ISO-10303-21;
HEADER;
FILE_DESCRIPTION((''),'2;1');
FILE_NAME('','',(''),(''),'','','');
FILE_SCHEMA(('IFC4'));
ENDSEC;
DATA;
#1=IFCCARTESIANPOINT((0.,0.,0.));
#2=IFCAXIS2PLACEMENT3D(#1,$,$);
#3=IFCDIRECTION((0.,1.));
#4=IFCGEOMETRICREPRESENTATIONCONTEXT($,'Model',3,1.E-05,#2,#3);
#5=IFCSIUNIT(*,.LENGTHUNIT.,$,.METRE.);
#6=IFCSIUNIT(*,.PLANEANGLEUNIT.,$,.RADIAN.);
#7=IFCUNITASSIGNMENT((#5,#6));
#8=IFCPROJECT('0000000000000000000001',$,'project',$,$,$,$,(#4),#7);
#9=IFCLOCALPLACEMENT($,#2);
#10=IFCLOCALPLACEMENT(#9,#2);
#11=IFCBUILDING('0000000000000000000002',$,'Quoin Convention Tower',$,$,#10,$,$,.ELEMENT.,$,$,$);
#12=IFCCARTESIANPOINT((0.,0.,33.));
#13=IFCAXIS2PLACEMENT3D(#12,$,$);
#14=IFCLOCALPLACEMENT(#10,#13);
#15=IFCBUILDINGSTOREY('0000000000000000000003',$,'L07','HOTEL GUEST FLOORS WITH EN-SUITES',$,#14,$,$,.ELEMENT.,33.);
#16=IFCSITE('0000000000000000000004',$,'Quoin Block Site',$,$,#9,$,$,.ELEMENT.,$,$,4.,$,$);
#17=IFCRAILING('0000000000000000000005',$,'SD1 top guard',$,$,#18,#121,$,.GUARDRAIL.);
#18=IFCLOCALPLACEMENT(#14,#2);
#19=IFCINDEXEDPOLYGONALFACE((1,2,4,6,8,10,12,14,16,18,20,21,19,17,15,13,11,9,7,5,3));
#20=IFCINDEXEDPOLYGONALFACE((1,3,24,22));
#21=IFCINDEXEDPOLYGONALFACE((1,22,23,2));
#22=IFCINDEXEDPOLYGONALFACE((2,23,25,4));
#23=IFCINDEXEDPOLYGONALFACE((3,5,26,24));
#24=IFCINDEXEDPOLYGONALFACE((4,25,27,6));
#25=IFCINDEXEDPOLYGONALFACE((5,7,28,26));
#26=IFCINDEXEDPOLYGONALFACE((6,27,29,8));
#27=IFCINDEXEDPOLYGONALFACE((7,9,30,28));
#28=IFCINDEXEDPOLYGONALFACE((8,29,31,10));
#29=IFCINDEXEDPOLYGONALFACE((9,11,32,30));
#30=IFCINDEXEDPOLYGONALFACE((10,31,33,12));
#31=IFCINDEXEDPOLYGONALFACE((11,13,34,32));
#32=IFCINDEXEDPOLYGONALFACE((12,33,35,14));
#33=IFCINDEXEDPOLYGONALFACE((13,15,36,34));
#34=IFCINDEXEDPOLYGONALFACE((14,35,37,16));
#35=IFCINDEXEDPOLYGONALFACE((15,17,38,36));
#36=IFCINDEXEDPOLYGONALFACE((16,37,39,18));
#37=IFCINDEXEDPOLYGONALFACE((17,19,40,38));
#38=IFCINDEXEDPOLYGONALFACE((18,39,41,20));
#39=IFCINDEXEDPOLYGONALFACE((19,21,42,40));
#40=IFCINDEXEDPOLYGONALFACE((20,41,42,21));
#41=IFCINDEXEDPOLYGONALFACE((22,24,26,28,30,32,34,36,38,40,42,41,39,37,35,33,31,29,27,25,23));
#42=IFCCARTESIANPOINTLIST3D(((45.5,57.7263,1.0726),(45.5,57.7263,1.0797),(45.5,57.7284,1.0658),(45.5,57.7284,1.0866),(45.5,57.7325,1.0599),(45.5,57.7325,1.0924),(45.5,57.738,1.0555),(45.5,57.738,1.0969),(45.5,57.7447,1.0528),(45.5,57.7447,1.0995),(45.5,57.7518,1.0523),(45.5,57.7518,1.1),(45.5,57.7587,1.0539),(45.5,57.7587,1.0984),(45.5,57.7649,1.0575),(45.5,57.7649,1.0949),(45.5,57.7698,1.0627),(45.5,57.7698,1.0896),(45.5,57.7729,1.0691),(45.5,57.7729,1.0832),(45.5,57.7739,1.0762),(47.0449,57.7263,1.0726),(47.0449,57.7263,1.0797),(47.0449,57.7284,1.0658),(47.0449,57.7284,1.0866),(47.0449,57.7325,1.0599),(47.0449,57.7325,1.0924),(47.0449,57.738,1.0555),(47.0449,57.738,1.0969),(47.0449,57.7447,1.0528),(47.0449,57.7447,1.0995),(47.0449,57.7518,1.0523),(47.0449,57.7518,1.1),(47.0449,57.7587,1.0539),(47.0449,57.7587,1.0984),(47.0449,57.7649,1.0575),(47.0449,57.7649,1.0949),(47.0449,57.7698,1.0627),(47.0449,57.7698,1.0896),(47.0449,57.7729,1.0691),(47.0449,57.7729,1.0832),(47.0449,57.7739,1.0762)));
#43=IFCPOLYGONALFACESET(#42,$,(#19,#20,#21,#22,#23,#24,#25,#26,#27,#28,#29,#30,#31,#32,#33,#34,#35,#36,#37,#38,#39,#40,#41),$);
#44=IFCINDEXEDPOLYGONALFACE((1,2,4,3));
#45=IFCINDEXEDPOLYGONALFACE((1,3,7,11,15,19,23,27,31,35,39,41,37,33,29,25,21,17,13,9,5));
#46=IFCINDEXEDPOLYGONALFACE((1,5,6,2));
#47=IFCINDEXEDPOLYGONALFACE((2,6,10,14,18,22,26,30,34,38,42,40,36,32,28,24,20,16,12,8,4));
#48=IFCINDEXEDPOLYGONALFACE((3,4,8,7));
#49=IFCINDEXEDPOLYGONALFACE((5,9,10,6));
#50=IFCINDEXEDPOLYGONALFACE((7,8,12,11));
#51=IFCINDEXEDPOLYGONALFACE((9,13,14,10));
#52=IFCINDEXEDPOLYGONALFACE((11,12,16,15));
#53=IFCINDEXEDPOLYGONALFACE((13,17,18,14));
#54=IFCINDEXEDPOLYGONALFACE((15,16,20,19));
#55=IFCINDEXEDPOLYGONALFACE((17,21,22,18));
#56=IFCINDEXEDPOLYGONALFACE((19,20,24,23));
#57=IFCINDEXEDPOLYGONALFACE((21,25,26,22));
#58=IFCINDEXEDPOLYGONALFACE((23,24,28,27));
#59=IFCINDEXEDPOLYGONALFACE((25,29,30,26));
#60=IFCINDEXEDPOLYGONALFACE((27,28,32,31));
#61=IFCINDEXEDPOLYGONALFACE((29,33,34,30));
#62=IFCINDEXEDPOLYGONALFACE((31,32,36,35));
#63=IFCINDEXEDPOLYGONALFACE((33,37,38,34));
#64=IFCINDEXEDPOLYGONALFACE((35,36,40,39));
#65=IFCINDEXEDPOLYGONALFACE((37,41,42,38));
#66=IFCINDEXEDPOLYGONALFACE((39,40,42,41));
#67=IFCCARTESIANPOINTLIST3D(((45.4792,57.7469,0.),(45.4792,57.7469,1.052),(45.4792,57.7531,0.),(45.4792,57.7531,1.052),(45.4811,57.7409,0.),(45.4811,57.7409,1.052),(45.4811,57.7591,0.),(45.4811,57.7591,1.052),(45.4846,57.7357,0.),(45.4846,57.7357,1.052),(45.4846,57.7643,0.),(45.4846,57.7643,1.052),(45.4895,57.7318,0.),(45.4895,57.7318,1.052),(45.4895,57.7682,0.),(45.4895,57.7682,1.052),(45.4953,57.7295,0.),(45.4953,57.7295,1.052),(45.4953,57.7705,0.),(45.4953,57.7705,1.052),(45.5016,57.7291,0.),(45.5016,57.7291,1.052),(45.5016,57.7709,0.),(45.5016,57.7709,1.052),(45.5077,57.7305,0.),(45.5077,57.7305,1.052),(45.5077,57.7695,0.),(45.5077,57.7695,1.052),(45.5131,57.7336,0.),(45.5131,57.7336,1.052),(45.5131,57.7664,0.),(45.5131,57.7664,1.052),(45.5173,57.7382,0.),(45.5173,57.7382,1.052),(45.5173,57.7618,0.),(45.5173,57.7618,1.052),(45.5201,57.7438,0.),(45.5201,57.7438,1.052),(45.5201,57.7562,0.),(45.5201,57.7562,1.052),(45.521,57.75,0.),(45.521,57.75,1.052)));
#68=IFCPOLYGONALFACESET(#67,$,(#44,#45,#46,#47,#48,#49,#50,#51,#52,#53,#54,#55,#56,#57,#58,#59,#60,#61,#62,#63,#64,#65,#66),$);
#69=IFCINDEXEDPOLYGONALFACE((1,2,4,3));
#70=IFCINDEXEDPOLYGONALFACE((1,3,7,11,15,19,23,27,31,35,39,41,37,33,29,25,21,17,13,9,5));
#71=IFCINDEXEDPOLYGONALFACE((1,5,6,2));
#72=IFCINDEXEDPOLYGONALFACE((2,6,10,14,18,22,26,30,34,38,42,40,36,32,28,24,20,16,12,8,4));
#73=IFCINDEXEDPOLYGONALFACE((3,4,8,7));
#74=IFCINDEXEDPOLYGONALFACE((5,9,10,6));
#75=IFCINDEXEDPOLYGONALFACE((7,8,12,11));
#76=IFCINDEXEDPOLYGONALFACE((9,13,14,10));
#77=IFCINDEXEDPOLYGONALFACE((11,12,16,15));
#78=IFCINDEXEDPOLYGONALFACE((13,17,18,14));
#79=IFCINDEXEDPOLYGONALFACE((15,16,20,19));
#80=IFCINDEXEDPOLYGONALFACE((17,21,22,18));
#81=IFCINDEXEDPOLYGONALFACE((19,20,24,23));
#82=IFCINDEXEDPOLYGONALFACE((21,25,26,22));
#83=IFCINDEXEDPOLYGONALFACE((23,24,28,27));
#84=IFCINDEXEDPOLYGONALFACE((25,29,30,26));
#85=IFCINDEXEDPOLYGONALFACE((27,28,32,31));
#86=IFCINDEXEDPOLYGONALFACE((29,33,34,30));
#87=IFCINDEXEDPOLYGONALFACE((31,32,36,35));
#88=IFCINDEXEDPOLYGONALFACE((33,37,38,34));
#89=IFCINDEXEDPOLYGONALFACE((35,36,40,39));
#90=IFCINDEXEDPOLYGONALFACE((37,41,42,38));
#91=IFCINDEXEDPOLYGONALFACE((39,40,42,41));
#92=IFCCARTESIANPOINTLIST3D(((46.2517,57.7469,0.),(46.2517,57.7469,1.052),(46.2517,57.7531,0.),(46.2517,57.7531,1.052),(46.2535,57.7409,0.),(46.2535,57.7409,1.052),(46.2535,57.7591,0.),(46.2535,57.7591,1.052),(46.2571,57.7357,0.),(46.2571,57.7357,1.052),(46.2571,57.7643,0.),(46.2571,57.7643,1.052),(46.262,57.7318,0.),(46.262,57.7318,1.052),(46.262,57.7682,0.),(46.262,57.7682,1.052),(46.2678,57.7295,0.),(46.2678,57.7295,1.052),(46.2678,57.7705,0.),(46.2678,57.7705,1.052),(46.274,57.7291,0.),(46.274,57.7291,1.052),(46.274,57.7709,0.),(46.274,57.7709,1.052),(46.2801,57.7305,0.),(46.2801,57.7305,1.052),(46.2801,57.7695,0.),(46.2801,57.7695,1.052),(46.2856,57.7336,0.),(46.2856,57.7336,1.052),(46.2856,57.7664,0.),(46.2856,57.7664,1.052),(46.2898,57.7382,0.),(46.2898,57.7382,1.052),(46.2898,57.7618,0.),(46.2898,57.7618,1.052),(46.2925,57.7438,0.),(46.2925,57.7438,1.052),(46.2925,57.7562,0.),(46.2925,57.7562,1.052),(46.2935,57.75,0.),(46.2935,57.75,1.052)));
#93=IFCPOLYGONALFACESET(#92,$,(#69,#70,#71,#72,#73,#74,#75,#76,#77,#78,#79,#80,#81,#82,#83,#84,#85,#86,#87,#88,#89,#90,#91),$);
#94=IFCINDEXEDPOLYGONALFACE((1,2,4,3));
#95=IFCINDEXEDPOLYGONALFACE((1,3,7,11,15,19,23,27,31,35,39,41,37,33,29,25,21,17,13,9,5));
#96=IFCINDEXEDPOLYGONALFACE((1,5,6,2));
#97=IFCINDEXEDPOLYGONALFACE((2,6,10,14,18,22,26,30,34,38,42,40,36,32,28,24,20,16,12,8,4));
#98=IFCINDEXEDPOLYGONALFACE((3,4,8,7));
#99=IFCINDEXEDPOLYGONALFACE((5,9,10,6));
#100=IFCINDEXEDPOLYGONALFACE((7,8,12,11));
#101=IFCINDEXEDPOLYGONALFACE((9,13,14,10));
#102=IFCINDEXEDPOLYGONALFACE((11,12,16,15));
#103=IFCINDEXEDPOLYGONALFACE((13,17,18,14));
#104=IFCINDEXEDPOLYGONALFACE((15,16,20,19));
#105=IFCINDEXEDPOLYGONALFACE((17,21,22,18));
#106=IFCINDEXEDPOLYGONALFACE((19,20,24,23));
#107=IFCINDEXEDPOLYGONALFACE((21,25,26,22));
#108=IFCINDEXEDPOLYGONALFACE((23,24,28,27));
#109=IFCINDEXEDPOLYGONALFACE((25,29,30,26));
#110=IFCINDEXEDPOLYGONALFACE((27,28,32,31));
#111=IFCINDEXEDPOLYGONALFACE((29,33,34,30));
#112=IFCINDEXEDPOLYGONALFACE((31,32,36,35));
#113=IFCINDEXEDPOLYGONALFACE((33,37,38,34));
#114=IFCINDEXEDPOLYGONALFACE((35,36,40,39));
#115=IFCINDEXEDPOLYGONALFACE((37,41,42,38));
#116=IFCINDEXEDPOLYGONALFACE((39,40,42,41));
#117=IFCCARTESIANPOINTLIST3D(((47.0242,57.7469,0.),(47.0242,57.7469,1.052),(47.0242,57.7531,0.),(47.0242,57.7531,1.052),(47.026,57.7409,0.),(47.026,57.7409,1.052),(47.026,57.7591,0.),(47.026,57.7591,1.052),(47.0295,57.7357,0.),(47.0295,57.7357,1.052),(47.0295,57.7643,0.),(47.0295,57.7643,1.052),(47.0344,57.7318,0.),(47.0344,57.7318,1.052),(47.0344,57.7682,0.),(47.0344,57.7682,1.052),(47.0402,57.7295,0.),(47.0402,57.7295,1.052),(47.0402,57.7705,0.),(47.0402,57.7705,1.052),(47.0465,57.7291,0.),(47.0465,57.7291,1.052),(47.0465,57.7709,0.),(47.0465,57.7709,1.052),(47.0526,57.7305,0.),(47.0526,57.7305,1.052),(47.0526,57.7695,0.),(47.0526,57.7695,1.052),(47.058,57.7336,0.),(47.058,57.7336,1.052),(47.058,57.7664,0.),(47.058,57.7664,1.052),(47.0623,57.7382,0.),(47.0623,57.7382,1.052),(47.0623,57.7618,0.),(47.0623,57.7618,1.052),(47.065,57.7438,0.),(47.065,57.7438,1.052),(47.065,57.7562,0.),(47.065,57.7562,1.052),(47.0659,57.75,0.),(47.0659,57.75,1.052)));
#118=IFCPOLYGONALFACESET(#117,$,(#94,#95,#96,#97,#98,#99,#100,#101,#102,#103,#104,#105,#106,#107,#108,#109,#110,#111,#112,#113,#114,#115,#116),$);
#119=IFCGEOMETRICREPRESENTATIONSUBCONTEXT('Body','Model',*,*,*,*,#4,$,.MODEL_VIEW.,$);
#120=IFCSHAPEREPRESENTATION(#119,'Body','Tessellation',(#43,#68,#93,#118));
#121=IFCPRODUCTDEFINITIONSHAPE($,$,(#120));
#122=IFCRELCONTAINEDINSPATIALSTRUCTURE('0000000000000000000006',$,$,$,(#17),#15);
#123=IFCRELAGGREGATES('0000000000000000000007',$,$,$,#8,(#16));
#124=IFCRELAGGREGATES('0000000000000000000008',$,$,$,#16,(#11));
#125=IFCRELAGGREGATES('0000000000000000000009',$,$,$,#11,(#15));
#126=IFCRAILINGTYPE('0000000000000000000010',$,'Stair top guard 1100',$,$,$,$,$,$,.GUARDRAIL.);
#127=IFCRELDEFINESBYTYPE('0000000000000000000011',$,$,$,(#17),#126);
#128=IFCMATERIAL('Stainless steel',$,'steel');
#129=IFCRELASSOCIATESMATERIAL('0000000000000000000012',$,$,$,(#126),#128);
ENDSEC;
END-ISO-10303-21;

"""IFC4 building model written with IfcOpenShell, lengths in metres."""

from ifc_helpers import new_model, si_unit, direction, frame, origin, origin_2d, place, context, subcontext, project, spatial, circle, extrude, material, type_object, element, save


model = new_model("IFC4")

# Units and contexts
model_context = context("Model", 3, precision=1e-05, world=origin(), true_north=direction((0.0, 1.0)))
body_context = subcontext(model_context, "Body", "Model", "MODEL_VIEW")
ifc_project = project(units=[si_unit("LENGTHUNIT", "METRE"), si_unit("PLANEANGLEUNIT", "RADIAN")], contexts=[model_context])

# Site, building, storey
site_placement = place(None, origin())
site = spatial("IfcSite", under=ifc_project, at=site_placement, Name="Quoin Block Site", CompositionType="ELEMENT", RefElevation=4.0)
building_placement = place(site_placement, origin())
building = spatial("IfcBuilding", under=site, at=building_placement, Name="Quoin Convention Tower", CompositionType="ELEMENT")
storey_placement = place(building_placement, frame((0.0, 0.0, 33.0)))
storey = spatial("IfcBuildingStorey", under=building, at=storey_placement, Name="L07", Description="HOTEL GUEST FLOORS WITH EN-SUITES", CompositionType="ELEMENT", Elevation=33.0)

# Railing
ifc_material_1 = material(Name="Stainless steel", Category="steel")
railing_type_1 = type_object("IfcRailingType", Name="Stair top guard 1100", PredefinedType="GUARDRAIL", material=ifc_material_1)
railing_1_placement = place(storey_placement, frame((45.5, 57.75, 0.0)))
element("IfcRailing", 1, at=railing_1_placement, inside=storey, type_object=railing_type_1, Name="SD1 top guard", PredefinedType="GUARDRAIL", context=body_context, shape_type="SweptSolid", body=[
    extrude(circle(Radius=0.0239, at=origin_2d()), frame((0.0, 0.0, 1.0762), z_axis=(1.0, 0.0, 0.0), x_axis=(0.0, 1.0, 0.0)), (0.0, 0.0, 1.0), 1.5449),
    extrude(circle(Radius=0.021, at=origin_2d()), origin(), (0.0, 0.0, 1.0), 1.052),
    extrude(circle(Radius=0.021, at=origin_2d()), frame((0.7725, 0.0, 0.0)), (0.0, 0.0, 1.0), 1.052),
    extrude(circle(Radius=0.021, at=origin_2d()), frame((1.5449, 0.0, 0.0)), (0.0, 0.0, 1.0), 1.052),
])

save(model, "model.ifc")
